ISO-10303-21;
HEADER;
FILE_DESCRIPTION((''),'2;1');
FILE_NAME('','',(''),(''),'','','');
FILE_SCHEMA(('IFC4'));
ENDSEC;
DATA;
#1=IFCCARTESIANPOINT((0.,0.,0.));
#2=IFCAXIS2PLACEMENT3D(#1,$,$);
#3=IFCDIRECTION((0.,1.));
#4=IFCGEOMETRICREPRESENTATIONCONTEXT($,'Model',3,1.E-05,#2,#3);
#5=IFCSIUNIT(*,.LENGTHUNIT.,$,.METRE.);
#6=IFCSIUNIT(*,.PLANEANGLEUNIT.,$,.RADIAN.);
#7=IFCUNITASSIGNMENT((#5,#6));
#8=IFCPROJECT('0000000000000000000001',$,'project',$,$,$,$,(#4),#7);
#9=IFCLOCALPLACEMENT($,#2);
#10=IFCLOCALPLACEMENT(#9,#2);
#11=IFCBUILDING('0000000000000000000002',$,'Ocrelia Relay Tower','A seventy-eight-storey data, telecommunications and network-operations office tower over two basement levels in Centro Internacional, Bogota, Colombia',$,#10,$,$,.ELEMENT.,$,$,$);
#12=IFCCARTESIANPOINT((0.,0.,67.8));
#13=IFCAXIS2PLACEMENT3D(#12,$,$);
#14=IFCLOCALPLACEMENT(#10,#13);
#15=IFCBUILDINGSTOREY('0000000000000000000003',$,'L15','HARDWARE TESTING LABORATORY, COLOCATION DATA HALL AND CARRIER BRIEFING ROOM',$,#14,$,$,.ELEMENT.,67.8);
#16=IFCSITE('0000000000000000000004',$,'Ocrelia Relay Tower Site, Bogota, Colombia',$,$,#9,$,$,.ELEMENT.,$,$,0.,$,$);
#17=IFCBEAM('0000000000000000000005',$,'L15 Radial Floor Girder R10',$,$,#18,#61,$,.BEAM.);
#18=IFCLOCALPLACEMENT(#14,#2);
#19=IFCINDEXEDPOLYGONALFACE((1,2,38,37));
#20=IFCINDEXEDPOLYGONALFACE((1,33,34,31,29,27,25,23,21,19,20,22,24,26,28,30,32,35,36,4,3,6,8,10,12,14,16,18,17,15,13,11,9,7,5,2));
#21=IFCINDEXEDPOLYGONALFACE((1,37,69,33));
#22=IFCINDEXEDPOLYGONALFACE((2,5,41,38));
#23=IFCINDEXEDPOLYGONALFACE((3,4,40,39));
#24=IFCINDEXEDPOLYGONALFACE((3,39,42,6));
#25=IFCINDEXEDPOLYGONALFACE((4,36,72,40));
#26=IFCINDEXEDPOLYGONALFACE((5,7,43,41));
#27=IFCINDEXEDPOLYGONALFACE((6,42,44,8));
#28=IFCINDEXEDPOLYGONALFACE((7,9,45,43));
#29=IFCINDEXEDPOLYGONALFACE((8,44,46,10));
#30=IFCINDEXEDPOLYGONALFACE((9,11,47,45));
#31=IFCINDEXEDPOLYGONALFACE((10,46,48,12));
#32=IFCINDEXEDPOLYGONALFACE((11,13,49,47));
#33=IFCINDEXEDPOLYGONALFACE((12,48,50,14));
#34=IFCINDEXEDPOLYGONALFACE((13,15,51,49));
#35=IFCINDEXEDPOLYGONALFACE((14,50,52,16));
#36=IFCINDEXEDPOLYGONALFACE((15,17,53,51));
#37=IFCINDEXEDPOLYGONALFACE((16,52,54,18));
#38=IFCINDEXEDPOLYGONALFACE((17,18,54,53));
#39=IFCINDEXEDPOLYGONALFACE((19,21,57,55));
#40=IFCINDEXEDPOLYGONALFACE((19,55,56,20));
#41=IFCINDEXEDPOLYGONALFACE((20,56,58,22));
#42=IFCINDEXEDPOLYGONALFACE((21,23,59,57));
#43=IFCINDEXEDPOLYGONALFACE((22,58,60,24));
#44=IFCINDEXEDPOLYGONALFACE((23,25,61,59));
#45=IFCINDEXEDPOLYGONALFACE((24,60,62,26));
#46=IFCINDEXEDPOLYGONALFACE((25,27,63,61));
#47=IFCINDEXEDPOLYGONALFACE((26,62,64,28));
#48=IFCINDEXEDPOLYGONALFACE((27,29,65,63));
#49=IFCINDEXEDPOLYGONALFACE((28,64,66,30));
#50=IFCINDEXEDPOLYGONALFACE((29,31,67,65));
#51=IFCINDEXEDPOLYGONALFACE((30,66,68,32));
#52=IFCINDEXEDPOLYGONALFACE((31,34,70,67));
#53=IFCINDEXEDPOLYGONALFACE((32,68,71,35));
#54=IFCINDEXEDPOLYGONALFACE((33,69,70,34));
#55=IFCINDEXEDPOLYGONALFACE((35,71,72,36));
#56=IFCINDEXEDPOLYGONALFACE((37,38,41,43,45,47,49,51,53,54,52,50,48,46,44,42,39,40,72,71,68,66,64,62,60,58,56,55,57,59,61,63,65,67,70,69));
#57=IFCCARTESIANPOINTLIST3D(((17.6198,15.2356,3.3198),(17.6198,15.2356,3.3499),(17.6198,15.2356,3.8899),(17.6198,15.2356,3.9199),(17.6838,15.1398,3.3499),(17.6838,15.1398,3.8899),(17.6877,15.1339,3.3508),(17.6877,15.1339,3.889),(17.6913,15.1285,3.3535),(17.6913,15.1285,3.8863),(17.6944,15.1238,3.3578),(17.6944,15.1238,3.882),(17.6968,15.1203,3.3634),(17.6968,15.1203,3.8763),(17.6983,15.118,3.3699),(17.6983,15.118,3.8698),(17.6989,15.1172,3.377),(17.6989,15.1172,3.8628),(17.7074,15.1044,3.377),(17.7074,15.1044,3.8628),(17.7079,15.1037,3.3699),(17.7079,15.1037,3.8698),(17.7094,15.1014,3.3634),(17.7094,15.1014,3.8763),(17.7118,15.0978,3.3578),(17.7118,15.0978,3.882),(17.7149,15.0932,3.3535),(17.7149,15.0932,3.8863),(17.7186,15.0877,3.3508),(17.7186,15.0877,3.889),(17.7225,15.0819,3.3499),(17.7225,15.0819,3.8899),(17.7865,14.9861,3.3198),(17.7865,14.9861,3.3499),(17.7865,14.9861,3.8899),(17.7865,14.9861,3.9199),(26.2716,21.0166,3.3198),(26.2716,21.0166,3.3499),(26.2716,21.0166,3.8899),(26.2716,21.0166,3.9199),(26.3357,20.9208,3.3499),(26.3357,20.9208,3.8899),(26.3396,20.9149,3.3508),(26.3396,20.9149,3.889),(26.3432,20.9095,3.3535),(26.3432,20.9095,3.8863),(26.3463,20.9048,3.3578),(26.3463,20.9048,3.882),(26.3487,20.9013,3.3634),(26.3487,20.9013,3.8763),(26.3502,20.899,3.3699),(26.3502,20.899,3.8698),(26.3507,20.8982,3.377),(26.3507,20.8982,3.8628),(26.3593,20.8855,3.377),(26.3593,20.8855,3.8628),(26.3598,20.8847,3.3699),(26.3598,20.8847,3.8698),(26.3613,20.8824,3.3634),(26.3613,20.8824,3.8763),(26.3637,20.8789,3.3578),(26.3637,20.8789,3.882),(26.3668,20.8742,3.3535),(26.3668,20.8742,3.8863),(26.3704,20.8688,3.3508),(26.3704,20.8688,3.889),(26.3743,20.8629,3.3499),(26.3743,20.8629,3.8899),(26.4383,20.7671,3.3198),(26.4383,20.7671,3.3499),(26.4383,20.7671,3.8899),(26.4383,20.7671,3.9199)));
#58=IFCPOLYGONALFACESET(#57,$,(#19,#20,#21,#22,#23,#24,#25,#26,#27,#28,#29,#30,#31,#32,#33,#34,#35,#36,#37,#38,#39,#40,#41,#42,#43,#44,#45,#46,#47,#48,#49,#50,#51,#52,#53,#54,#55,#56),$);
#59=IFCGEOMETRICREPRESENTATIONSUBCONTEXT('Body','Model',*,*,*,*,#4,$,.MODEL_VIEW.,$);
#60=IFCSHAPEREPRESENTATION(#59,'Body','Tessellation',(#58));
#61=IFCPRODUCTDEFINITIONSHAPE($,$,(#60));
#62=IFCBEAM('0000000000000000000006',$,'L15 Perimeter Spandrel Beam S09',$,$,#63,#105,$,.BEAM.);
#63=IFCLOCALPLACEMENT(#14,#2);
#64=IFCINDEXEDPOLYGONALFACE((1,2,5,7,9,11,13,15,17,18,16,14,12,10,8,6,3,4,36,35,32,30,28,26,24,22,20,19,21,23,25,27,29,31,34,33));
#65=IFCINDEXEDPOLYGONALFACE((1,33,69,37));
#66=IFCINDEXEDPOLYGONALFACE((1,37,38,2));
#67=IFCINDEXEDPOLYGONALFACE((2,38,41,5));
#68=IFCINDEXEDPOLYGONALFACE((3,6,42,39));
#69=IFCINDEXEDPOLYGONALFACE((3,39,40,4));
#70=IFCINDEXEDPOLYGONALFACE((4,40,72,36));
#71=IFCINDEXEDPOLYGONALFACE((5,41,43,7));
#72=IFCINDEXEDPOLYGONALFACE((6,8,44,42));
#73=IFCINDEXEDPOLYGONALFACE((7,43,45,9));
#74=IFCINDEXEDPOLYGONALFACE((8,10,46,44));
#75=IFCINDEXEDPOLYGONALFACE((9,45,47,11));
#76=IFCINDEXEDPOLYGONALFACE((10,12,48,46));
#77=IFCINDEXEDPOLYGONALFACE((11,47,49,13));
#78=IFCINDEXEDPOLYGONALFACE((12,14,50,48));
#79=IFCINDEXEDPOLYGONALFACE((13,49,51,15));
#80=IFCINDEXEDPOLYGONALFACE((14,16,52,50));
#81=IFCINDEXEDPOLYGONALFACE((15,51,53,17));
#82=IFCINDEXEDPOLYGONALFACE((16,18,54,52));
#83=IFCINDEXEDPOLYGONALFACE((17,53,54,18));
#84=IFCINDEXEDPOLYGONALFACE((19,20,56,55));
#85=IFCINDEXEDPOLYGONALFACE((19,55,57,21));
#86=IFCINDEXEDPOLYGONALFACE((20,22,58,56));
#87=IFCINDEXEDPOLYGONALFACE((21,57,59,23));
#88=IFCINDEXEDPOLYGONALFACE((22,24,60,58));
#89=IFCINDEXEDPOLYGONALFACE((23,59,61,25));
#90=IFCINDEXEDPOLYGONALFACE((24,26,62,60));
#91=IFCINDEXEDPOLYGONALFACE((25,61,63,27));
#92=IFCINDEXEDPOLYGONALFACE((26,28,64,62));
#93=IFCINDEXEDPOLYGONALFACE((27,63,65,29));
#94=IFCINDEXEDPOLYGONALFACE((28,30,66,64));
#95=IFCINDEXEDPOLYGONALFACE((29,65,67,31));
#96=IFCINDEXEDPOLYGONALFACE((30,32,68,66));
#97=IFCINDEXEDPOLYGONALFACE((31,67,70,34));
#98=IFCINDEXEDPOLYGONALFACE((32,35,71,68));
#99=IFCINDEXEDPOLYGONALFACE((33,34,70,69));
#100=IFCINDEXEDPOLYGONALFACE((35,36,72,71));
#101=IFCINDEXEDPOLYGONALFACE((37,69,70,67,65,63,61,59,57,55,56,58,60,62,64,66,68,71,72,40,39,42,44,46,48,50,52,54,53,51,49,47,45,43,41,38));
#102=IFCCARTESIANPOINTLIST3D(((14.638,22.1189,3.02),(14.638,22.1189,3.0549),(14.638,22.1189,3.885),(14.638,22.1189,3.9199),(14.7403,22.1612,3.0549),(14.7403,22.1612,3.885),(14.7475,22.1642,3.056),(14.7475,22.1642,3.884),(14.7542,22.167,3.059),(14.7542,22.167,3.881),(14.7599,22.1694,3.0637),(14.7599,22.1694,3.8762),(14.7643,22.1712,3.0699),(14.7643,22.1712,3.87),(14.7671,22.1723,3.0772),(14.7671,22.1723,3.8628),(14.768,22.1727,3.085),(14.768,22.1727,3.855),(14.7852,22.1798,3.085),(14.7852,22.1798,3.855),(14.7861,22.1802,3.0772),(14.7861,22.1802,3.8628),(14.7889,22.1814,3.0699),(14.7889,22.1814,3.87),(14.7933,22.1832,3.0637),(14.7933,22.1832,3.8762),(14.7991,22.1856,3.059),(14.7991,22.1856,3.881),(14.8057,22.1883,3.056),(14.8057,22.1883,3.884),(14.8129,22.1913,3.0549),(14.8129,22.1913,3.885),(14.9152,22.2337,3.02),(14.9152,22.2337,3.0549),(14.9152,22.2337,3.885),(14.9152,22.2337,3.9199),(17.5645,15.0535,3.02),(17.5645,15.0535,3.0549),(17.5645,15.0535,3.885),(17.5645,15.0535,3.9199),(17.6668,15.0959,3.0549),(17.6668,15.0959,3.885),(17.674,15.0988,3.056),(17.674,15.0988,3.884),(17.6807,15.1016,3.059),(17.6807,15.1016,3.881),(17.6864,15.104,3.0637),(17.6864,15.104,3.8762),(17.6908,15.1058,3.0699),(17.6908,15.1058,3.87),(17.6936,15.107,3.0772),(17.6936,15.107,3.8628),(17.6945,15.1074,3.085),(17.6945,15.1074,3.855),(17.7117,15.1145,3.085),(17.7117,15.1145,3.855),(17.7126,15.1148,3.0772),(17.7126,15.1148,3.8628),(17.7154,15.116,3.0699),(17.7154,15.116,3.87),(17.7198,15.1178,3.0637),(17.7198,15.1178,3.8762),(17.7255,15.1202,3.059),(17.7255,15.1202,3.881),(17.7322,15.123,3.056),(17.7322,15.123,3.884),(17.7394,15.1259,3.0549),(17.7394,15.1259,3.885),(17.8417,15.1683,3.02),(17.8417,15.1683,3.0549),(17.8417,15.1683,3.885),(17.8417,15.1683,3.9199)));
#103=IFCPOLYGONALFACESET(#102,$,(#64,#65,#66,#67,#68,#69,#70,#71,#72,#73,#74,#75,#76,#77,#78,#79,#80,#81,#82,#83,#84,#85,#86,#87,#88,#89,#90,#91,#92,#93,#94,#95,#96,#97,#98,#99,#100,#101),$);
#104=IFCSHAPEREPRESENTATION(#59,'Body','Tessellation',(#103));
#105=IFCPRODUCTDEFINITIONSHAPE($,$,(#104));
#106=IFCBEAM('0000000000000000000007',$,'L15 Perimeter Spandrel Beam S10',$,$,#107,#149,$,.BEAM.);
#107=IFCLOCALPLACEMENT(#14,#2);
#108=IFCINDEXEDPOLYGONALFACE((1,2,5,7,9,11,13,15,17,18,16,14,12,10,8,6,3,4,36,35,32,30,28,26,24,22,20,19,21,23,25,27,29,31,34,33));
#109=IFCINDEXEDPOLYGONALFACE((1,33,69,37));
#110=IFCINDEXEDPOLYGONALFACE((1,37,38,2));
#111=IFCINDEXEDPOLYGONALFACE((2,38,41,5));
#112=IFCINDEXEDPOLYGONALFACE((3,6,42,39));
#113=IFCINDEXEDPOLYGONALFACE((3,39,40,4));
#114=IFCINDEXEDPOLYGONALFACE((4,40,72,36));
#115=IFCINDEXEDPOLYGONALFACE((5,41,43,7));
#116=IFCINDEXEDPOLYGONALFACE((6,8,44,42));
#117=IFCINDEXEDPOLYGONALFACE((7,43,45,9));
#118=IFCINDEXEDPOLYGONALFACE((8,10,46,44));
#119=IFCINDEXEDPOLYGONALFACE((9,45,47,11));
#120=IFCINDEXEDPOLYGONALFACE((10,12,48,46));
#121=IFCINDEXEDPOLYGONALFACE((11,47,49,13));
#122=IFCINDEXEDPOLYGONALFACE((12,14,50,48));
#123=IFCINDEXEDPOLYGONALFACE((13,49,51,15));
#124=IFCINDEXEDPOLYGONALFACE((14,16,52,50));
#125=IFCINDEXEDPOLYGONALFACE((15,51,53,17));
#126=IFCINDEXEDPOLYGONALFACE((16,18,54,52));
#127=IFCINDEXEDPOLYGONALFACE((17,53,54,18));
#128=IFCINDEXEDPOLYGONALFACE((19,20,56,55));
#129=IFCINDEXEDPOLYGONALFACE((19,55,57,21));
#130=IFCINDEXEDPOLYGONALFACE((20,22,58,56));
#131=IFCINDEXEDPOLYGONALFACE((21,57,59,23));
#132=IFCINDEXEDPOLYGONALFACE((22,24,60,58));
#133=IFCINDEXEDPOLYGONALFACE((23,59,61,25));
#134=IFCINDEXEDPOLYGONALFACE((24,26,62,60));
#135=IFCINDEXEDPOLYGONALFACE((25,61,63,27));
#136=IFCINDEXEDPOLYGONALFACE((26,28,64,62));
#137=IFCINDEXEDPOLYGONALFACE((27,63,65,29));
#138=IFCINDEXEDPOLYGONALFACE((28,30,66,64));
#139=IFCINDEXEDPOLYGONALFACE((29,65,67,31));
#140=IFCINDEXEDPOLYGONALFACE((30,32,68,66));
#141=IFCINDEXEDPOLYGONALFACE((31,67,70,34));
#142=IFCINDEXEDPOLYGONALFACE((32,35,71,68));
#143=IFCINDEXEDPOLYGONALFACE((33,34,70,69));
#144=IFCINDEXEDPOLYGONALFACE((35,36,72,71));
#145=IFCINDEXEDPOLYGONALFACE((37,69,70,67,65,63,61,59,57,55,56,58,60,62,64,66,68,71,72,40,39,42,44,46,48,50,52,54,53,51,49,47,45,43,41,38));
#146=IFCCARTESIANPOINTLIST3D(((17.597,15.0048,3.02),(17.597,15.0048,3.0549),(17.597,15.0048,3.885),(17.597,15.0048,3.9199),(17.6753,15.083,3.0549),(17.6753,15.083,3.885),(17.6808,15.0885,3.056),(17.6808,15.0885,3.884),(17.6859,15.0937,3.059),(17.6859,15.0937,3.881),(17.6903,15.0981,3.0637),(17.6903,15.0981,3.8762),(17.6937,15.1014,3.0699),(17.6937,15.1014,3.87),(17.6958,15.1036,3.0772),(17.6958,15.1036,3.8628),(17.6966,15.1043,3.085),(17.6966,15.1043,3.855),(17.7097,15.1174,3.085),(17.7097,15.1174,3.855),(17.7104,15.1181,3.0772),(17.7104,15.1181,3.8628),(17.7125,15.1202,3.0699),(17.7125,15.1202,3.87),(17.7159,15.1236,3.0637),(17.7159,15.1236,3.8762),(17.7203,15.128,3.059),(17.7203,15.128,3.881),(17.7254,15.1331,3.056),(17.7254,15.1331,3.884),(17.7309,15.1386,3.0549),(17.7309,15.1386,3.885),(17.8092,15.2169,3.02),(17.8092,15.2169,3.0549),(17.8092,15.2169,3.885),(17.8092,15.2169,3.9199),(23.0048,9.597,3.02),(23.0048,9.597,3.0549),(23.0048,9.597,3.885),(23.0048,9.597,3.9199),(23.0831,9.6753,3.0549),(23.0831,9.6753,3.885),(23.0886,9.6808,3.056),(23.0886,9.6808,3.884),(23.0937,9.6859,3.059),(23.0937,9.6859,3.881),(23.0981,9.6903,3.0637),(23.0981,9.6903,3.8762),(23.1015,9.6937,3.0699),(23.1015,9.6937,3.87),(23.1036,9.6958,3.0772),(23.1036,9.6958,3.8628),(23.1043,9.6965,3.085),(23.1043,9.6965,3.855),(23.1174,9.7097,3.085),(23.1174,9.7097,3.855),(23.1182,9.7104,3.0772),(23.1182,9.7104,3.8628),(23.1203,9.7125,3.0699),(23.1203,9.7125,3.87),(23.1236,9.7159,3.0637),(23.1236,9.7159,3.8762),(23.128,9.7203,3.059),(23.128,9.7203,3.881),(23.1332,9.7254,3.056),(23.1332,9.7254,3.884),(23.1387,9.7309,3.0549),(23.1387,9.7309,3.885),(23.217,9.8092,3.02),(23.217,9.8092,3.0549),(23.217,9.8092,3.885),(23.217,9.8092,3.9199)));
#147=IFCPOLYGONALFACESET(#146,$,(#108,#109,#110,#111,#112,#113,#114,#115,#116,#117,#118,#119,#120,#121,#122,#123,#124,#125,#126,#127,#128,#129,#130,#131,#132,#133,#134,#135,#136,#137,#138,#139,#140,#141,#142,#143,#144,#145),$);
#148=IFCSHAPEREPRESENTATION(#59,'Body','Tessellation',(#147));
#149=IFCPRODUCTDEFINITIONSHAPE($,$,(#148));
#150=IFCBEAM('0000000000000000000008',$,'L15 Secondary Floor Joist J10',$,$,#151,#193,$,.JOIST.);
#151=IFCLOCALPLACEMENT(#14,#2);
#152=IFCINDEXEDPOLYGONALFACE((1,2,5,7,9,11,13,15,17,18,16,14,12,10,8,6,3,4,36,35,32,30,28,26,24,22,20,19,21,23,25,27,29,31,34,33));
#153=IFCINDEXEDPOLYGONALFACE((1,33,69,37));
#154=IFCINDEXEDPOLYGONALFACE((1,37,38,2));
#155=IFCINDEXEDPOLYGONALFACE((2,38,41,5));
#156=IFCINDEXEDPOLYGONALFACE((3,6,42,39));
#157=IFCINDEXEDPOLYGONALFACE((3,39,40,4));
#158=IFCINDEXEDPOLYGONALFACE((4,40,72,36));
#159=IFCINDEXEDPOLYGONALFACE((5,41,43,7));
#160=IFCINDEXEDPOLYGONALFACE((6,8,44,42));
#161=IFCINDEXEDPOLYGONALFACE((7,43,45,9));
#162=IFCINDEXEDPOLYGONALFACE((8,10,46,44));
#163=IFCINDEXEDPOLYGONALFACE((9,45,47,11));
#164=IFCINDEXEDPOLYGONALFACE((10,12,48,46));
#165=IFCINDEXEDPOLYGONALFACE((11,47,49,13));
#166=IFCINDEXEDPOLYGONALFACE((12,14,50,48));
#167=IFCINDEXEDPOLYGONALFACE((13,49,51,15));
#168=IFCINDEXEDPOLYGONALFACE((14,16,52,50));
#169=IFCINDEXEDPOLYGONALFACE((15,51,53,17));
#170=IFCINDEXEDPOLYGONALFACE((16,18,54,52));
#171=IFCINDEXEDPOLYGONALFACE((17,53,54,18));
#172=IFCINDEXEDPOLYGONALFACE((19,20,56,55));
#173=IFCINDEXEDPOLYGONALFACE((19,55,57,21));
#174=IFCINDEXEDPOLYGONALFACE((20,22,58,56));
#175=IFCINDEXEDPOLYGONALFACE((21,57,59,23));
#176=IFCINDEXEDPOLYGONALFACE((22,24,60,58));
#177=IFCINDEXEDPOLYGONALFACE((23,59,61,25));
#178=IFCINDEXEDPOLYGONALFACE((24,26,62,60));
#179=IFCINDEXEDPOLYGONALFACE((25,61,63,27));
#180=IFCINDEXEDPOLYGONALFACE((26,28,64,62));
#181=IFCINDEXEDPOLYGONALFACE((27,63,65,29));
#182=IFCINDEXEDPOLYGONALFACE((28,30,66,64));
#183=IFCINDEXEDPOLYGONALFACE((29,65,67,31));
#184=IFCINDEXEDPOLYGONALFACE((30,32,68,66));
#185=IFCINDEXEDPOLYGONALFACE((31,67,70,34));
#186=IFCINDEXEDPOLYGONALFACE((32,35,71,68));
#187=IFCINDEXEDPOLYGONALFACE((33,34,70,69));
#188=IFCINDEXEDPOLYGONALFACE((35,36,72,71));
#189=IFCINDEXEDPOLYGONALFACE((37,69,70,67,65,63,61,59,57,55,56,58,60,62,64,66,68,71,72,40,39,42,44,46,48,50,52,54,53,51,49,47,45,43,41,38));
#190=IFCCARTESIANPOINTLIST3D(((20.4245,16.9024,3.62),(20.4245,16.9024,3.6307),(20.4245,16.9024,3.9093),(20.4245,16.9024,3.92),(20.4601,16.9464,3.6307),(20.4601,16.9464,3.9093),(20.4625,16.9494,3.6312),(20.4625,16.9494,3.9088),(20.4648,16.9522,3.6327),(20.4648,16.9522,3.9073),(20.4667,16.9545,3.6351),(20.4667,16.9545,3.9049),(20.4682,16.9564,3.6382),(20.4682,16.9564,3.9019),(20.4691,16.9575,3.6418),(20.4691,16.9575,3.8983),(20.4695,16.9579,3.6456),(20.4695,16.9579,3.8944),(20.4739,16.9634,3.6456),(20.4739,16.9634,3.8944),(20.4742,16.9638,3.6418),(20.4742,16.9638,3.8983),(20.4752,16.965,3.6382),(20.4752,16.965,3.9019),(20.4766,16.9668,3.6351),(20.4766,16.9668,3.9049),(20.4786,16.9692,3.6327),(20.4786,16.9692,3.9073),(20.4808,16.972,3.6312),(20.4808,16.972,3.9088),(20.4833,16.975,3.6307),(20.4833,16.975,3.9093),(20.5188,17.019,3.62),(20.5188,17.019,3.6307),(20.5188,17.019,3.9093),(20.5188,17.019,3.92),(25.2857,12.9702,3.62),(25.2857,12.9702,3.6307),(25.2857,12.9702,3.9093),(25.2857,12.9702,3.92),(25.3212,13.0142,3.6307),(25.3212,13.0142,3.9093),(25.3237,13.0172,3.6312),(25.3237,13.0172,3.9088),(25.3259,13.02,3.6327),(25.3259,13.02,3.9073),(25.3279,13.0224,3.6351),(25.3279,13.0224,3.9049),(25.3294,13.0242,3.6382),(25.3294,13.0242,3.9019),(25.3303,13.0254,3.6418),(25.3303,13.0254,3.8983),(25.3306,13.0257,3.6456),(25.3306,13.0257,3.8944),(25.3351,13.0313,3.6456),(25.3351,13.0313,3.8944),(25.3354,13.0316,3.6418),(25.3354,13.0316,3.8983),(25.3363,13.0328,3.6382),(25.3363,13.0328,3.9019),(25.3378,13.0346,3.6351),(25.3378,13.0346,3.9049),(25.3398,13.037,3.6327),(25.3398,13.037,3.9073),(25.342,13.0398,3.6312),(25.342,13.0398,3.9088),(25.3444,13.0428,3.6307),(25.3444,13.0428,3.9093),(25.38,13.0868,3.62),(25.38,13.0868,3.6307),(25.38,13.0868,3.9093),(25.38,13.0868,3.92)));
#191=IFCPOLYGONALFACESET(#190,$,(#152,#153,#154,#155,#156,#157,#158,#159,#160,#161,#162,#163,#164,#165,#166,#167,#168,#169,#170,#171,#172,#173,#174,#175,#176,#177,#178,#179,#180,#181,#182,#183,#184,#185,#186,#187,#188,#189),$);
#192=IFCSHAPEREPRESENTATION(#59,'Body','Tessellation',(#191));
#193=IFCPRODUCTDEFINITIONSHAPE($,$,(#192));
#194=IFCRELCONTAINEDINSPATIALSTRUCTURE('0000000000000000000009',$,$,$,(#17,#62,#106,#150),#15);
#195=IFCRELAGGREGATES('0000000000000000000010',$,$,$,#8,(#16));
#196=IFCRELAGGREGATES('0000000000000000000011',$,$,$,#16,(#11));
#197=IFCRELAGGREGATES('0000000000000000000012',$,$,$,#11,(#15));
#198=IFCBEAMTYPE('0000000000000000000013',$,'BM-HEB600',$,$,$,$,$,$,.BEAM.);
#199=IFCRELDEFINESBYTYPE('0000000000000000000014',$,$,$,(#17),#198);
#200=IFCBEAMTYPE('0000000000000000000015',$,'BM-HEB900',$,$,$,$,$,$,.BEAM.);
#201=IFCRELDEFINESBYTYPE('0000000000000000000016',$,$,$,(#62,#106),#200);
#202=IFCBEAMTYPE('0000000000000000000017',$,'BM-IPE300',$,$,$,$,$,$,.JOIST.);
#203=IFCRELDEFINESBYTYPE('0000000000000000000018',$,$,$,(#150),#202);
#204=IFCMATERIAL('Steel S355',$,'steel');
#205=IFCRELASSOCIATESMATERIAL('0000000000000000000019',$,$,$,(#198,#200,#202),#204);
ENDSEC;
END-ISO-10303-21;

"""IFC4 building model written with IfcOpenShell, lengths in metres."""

from ifc_helpers import new_model, si_unit, direction, frame, origin, origin_2d, place, context, subcontext, project, spatial, i_section, extrude, material, material_profile, profile_set, type_object, element, save


model = new_model("IFC4")

# Units and contexts
model_context = context("Model", 3, precision=1e-05, world=origin(), true_north=direction((0.0, 1.0)))
body_context = subcontext(model_context, "Body", "Model", "MODEL_VIEW")
ifc_project = project(units=[si_unit("LENGTHUNIT", "METRE"), si_unit("PLANEANGLEUNIT", "RADIAN")], contexts=[model_context])

# Site, building, storey
site_placement = place(None, origin())
site = spatial("IfcSite", under=ifc_project, at=site_placement, Name="Ocrelia Relay Tower Site, Bogota, Colombia", CompositionType="ELEMENT", RefElevation=0.0)
building_placement = place(site_placement, origin())
building = spatial("IfcBuilding", under=site, at=building_placement, Name="Ocrelia Relay Tower", Description="A seventy-eight-storey data, telecommunications and network-operations office tower over two basement levels in Centro Internacional, Bogota, Colombia", CompositionType="ELEMENT")
storey_placement = place(building_placement, frame((0.0, 0.0, 67.8)))
storey = spatial("IfcBuildingStorey", under=building, at=storey_placement, Name="L15", Description="HARDWARE TESTING LABORATORY, COLOCATION DATA HALL AND CARRIER BRIEFING ROOM", CompositionType="ELEMENT", Elevation=67.8)

# Beams
ifc_material_1 = material(Name="Steel S355", Category="steel")
ifc_material_profile_1 = material_profile(ifc_material_1, i_section(OverallWidth=0.3, OverallDepth=0.6001, WebThickness=0.0154, FlangeThickness=0.03, FilletRadius=0.0271, at=origin_2d()), Name="HEB 600")
ifc_profile_set_1 = profile_set([ifc_material_profile_1], Name="Steel S355")
beam_type_1 = type_object("IfcBeamType", Name="BM-HEB600", PredefinedType="BEAM", material=ifc_profile_set_1)
beam_1_placement = place(storey_placement, frame((17.7031, 15.1108, 3.6199), z_axis=(0.831469, 0.555572, 0.0), x_axis=(-0.555572, 0.831469, 0.0)))
element("IfcBeam", 1, at=beam_1_placement, inside=storey, type_object=beam_type_1, Name="L15 Radial Floor Girder R10", PredefinedType="BEAM", context=body_context, shape_type="SweptSolid", body=[
    extrude(i_section(OverallWidth=0.3, OverallDepth=0.6001, WebThickness=0.0154, FlangeThickness=0.03, FilletRadius=0.0271, at=origin_2d()), origin(), (0.0, 0.0, 1.0), 10.4055),
])
ifc_material_profile_2 = material_profile(ifc_material_1, i_section(OverallWidth=0.3, OverallDepth=0.8999, WebThickness=0.0186, FlangeThickness=0.0349, FilletRadius=0.03, at=origin_2d()), Name="HEB 900")
ifc_profile_set_2 = profile_set([ifc_material_profile_2], Name="Steel S355")
beam_type_2 = type_object("IfcBeamType", Name="BM-HEB900", PredefinedType="BEAM", material=ifc_profile_set_2)
beam_2_placement = place(storey_placement, frame((14.7766, 22.1763, 3.47), z_axis=(0.382674, -0.923883, 0.0), x_axis=(0.923883, 0.382674, 0.0)))
element("IfcBeam", 2, at=beam_2_placement, inside=storey, type_object=beam_type_2, Name="L15 Perimeter Spandrel Beam S09", PredefinedType="BEAM", context=body_context, shape_type="SweptSolid", body=[
    extrude(i_section(OverallWidth=0.3, OverallDepth=0.8999, WebThickness=0.0186, FlangeThickness=0.0349, FilletRadius=0.03, at=origin_2d()), origin(), (0.0, 0.0, 1.0), 7.6475),
])
beam_3_placement = place(storey_placement, frame((17.7031, 15.1108, 3.47), z_axis=(0.707107, -0.707107, 0.0), x_axis=(0.707107, 0.707107, 0.0)))
element("IfcBeam", 3, at=beam_3_placement, inside=storey, type_object=beam_type_2, Name="L15 Perimeter Spandrel Beam S10", PredefinedType="BEAM", context=body_context, shape_type="SweptSolid", body=[
    extrude(i_section(OverallWidth=0.3, OverallDepth=0.8999, WebThickness=0.0186, FlangeThickness=0.0349, FilletRadius=0.03, at=origin_2d()), origin(), (0.0, 0.0, 1.0), 7.6477),
])
ifc_material_profile_3 = material_profile(ifc_material_1, i_section(OverallWidth=0.1499, OverallDepth=0.3, WebThickness=0.0071, FlangeThickness=0.0107, FilletRadius=0.0149, at=origin_2d()), Name="IPE 300")
ifc_profile_set_3 = profile_set([ifc_material_profile_3], Name="Steel S355")
beam_type_3 = type_object("IfcBeamType", Name="BM-IPE300", PredefinedType="JOIST", material=ifc_profile_set_3)
beam_4_placement = place(storey_placement, frame((20.4717, 16.9607, 3.77), z_axis=(0.777482, -0.628905, 0.0), x_axis=(0.628905, 0.777482, 0.0)))
element("IfcBeam", 4, at=beam_4_placement, inside=storey, type_object=beam_type_3, Name="L15 Secondary Floor Joist J10", PredefinedType="JOIST", context=body_context, shape_type="SweptSolid", body=[
    extrude(i_section(OverallWidth=0.1499, OverallDepth=0.3, WebThickness=0.0071, FlangeThickness=0.0107, FilletRadius=0.0149, at=origin_2d()), origin(), (0.0, 0.0, 1.0), 6.2524),
])

save(model, "model.ifc")
